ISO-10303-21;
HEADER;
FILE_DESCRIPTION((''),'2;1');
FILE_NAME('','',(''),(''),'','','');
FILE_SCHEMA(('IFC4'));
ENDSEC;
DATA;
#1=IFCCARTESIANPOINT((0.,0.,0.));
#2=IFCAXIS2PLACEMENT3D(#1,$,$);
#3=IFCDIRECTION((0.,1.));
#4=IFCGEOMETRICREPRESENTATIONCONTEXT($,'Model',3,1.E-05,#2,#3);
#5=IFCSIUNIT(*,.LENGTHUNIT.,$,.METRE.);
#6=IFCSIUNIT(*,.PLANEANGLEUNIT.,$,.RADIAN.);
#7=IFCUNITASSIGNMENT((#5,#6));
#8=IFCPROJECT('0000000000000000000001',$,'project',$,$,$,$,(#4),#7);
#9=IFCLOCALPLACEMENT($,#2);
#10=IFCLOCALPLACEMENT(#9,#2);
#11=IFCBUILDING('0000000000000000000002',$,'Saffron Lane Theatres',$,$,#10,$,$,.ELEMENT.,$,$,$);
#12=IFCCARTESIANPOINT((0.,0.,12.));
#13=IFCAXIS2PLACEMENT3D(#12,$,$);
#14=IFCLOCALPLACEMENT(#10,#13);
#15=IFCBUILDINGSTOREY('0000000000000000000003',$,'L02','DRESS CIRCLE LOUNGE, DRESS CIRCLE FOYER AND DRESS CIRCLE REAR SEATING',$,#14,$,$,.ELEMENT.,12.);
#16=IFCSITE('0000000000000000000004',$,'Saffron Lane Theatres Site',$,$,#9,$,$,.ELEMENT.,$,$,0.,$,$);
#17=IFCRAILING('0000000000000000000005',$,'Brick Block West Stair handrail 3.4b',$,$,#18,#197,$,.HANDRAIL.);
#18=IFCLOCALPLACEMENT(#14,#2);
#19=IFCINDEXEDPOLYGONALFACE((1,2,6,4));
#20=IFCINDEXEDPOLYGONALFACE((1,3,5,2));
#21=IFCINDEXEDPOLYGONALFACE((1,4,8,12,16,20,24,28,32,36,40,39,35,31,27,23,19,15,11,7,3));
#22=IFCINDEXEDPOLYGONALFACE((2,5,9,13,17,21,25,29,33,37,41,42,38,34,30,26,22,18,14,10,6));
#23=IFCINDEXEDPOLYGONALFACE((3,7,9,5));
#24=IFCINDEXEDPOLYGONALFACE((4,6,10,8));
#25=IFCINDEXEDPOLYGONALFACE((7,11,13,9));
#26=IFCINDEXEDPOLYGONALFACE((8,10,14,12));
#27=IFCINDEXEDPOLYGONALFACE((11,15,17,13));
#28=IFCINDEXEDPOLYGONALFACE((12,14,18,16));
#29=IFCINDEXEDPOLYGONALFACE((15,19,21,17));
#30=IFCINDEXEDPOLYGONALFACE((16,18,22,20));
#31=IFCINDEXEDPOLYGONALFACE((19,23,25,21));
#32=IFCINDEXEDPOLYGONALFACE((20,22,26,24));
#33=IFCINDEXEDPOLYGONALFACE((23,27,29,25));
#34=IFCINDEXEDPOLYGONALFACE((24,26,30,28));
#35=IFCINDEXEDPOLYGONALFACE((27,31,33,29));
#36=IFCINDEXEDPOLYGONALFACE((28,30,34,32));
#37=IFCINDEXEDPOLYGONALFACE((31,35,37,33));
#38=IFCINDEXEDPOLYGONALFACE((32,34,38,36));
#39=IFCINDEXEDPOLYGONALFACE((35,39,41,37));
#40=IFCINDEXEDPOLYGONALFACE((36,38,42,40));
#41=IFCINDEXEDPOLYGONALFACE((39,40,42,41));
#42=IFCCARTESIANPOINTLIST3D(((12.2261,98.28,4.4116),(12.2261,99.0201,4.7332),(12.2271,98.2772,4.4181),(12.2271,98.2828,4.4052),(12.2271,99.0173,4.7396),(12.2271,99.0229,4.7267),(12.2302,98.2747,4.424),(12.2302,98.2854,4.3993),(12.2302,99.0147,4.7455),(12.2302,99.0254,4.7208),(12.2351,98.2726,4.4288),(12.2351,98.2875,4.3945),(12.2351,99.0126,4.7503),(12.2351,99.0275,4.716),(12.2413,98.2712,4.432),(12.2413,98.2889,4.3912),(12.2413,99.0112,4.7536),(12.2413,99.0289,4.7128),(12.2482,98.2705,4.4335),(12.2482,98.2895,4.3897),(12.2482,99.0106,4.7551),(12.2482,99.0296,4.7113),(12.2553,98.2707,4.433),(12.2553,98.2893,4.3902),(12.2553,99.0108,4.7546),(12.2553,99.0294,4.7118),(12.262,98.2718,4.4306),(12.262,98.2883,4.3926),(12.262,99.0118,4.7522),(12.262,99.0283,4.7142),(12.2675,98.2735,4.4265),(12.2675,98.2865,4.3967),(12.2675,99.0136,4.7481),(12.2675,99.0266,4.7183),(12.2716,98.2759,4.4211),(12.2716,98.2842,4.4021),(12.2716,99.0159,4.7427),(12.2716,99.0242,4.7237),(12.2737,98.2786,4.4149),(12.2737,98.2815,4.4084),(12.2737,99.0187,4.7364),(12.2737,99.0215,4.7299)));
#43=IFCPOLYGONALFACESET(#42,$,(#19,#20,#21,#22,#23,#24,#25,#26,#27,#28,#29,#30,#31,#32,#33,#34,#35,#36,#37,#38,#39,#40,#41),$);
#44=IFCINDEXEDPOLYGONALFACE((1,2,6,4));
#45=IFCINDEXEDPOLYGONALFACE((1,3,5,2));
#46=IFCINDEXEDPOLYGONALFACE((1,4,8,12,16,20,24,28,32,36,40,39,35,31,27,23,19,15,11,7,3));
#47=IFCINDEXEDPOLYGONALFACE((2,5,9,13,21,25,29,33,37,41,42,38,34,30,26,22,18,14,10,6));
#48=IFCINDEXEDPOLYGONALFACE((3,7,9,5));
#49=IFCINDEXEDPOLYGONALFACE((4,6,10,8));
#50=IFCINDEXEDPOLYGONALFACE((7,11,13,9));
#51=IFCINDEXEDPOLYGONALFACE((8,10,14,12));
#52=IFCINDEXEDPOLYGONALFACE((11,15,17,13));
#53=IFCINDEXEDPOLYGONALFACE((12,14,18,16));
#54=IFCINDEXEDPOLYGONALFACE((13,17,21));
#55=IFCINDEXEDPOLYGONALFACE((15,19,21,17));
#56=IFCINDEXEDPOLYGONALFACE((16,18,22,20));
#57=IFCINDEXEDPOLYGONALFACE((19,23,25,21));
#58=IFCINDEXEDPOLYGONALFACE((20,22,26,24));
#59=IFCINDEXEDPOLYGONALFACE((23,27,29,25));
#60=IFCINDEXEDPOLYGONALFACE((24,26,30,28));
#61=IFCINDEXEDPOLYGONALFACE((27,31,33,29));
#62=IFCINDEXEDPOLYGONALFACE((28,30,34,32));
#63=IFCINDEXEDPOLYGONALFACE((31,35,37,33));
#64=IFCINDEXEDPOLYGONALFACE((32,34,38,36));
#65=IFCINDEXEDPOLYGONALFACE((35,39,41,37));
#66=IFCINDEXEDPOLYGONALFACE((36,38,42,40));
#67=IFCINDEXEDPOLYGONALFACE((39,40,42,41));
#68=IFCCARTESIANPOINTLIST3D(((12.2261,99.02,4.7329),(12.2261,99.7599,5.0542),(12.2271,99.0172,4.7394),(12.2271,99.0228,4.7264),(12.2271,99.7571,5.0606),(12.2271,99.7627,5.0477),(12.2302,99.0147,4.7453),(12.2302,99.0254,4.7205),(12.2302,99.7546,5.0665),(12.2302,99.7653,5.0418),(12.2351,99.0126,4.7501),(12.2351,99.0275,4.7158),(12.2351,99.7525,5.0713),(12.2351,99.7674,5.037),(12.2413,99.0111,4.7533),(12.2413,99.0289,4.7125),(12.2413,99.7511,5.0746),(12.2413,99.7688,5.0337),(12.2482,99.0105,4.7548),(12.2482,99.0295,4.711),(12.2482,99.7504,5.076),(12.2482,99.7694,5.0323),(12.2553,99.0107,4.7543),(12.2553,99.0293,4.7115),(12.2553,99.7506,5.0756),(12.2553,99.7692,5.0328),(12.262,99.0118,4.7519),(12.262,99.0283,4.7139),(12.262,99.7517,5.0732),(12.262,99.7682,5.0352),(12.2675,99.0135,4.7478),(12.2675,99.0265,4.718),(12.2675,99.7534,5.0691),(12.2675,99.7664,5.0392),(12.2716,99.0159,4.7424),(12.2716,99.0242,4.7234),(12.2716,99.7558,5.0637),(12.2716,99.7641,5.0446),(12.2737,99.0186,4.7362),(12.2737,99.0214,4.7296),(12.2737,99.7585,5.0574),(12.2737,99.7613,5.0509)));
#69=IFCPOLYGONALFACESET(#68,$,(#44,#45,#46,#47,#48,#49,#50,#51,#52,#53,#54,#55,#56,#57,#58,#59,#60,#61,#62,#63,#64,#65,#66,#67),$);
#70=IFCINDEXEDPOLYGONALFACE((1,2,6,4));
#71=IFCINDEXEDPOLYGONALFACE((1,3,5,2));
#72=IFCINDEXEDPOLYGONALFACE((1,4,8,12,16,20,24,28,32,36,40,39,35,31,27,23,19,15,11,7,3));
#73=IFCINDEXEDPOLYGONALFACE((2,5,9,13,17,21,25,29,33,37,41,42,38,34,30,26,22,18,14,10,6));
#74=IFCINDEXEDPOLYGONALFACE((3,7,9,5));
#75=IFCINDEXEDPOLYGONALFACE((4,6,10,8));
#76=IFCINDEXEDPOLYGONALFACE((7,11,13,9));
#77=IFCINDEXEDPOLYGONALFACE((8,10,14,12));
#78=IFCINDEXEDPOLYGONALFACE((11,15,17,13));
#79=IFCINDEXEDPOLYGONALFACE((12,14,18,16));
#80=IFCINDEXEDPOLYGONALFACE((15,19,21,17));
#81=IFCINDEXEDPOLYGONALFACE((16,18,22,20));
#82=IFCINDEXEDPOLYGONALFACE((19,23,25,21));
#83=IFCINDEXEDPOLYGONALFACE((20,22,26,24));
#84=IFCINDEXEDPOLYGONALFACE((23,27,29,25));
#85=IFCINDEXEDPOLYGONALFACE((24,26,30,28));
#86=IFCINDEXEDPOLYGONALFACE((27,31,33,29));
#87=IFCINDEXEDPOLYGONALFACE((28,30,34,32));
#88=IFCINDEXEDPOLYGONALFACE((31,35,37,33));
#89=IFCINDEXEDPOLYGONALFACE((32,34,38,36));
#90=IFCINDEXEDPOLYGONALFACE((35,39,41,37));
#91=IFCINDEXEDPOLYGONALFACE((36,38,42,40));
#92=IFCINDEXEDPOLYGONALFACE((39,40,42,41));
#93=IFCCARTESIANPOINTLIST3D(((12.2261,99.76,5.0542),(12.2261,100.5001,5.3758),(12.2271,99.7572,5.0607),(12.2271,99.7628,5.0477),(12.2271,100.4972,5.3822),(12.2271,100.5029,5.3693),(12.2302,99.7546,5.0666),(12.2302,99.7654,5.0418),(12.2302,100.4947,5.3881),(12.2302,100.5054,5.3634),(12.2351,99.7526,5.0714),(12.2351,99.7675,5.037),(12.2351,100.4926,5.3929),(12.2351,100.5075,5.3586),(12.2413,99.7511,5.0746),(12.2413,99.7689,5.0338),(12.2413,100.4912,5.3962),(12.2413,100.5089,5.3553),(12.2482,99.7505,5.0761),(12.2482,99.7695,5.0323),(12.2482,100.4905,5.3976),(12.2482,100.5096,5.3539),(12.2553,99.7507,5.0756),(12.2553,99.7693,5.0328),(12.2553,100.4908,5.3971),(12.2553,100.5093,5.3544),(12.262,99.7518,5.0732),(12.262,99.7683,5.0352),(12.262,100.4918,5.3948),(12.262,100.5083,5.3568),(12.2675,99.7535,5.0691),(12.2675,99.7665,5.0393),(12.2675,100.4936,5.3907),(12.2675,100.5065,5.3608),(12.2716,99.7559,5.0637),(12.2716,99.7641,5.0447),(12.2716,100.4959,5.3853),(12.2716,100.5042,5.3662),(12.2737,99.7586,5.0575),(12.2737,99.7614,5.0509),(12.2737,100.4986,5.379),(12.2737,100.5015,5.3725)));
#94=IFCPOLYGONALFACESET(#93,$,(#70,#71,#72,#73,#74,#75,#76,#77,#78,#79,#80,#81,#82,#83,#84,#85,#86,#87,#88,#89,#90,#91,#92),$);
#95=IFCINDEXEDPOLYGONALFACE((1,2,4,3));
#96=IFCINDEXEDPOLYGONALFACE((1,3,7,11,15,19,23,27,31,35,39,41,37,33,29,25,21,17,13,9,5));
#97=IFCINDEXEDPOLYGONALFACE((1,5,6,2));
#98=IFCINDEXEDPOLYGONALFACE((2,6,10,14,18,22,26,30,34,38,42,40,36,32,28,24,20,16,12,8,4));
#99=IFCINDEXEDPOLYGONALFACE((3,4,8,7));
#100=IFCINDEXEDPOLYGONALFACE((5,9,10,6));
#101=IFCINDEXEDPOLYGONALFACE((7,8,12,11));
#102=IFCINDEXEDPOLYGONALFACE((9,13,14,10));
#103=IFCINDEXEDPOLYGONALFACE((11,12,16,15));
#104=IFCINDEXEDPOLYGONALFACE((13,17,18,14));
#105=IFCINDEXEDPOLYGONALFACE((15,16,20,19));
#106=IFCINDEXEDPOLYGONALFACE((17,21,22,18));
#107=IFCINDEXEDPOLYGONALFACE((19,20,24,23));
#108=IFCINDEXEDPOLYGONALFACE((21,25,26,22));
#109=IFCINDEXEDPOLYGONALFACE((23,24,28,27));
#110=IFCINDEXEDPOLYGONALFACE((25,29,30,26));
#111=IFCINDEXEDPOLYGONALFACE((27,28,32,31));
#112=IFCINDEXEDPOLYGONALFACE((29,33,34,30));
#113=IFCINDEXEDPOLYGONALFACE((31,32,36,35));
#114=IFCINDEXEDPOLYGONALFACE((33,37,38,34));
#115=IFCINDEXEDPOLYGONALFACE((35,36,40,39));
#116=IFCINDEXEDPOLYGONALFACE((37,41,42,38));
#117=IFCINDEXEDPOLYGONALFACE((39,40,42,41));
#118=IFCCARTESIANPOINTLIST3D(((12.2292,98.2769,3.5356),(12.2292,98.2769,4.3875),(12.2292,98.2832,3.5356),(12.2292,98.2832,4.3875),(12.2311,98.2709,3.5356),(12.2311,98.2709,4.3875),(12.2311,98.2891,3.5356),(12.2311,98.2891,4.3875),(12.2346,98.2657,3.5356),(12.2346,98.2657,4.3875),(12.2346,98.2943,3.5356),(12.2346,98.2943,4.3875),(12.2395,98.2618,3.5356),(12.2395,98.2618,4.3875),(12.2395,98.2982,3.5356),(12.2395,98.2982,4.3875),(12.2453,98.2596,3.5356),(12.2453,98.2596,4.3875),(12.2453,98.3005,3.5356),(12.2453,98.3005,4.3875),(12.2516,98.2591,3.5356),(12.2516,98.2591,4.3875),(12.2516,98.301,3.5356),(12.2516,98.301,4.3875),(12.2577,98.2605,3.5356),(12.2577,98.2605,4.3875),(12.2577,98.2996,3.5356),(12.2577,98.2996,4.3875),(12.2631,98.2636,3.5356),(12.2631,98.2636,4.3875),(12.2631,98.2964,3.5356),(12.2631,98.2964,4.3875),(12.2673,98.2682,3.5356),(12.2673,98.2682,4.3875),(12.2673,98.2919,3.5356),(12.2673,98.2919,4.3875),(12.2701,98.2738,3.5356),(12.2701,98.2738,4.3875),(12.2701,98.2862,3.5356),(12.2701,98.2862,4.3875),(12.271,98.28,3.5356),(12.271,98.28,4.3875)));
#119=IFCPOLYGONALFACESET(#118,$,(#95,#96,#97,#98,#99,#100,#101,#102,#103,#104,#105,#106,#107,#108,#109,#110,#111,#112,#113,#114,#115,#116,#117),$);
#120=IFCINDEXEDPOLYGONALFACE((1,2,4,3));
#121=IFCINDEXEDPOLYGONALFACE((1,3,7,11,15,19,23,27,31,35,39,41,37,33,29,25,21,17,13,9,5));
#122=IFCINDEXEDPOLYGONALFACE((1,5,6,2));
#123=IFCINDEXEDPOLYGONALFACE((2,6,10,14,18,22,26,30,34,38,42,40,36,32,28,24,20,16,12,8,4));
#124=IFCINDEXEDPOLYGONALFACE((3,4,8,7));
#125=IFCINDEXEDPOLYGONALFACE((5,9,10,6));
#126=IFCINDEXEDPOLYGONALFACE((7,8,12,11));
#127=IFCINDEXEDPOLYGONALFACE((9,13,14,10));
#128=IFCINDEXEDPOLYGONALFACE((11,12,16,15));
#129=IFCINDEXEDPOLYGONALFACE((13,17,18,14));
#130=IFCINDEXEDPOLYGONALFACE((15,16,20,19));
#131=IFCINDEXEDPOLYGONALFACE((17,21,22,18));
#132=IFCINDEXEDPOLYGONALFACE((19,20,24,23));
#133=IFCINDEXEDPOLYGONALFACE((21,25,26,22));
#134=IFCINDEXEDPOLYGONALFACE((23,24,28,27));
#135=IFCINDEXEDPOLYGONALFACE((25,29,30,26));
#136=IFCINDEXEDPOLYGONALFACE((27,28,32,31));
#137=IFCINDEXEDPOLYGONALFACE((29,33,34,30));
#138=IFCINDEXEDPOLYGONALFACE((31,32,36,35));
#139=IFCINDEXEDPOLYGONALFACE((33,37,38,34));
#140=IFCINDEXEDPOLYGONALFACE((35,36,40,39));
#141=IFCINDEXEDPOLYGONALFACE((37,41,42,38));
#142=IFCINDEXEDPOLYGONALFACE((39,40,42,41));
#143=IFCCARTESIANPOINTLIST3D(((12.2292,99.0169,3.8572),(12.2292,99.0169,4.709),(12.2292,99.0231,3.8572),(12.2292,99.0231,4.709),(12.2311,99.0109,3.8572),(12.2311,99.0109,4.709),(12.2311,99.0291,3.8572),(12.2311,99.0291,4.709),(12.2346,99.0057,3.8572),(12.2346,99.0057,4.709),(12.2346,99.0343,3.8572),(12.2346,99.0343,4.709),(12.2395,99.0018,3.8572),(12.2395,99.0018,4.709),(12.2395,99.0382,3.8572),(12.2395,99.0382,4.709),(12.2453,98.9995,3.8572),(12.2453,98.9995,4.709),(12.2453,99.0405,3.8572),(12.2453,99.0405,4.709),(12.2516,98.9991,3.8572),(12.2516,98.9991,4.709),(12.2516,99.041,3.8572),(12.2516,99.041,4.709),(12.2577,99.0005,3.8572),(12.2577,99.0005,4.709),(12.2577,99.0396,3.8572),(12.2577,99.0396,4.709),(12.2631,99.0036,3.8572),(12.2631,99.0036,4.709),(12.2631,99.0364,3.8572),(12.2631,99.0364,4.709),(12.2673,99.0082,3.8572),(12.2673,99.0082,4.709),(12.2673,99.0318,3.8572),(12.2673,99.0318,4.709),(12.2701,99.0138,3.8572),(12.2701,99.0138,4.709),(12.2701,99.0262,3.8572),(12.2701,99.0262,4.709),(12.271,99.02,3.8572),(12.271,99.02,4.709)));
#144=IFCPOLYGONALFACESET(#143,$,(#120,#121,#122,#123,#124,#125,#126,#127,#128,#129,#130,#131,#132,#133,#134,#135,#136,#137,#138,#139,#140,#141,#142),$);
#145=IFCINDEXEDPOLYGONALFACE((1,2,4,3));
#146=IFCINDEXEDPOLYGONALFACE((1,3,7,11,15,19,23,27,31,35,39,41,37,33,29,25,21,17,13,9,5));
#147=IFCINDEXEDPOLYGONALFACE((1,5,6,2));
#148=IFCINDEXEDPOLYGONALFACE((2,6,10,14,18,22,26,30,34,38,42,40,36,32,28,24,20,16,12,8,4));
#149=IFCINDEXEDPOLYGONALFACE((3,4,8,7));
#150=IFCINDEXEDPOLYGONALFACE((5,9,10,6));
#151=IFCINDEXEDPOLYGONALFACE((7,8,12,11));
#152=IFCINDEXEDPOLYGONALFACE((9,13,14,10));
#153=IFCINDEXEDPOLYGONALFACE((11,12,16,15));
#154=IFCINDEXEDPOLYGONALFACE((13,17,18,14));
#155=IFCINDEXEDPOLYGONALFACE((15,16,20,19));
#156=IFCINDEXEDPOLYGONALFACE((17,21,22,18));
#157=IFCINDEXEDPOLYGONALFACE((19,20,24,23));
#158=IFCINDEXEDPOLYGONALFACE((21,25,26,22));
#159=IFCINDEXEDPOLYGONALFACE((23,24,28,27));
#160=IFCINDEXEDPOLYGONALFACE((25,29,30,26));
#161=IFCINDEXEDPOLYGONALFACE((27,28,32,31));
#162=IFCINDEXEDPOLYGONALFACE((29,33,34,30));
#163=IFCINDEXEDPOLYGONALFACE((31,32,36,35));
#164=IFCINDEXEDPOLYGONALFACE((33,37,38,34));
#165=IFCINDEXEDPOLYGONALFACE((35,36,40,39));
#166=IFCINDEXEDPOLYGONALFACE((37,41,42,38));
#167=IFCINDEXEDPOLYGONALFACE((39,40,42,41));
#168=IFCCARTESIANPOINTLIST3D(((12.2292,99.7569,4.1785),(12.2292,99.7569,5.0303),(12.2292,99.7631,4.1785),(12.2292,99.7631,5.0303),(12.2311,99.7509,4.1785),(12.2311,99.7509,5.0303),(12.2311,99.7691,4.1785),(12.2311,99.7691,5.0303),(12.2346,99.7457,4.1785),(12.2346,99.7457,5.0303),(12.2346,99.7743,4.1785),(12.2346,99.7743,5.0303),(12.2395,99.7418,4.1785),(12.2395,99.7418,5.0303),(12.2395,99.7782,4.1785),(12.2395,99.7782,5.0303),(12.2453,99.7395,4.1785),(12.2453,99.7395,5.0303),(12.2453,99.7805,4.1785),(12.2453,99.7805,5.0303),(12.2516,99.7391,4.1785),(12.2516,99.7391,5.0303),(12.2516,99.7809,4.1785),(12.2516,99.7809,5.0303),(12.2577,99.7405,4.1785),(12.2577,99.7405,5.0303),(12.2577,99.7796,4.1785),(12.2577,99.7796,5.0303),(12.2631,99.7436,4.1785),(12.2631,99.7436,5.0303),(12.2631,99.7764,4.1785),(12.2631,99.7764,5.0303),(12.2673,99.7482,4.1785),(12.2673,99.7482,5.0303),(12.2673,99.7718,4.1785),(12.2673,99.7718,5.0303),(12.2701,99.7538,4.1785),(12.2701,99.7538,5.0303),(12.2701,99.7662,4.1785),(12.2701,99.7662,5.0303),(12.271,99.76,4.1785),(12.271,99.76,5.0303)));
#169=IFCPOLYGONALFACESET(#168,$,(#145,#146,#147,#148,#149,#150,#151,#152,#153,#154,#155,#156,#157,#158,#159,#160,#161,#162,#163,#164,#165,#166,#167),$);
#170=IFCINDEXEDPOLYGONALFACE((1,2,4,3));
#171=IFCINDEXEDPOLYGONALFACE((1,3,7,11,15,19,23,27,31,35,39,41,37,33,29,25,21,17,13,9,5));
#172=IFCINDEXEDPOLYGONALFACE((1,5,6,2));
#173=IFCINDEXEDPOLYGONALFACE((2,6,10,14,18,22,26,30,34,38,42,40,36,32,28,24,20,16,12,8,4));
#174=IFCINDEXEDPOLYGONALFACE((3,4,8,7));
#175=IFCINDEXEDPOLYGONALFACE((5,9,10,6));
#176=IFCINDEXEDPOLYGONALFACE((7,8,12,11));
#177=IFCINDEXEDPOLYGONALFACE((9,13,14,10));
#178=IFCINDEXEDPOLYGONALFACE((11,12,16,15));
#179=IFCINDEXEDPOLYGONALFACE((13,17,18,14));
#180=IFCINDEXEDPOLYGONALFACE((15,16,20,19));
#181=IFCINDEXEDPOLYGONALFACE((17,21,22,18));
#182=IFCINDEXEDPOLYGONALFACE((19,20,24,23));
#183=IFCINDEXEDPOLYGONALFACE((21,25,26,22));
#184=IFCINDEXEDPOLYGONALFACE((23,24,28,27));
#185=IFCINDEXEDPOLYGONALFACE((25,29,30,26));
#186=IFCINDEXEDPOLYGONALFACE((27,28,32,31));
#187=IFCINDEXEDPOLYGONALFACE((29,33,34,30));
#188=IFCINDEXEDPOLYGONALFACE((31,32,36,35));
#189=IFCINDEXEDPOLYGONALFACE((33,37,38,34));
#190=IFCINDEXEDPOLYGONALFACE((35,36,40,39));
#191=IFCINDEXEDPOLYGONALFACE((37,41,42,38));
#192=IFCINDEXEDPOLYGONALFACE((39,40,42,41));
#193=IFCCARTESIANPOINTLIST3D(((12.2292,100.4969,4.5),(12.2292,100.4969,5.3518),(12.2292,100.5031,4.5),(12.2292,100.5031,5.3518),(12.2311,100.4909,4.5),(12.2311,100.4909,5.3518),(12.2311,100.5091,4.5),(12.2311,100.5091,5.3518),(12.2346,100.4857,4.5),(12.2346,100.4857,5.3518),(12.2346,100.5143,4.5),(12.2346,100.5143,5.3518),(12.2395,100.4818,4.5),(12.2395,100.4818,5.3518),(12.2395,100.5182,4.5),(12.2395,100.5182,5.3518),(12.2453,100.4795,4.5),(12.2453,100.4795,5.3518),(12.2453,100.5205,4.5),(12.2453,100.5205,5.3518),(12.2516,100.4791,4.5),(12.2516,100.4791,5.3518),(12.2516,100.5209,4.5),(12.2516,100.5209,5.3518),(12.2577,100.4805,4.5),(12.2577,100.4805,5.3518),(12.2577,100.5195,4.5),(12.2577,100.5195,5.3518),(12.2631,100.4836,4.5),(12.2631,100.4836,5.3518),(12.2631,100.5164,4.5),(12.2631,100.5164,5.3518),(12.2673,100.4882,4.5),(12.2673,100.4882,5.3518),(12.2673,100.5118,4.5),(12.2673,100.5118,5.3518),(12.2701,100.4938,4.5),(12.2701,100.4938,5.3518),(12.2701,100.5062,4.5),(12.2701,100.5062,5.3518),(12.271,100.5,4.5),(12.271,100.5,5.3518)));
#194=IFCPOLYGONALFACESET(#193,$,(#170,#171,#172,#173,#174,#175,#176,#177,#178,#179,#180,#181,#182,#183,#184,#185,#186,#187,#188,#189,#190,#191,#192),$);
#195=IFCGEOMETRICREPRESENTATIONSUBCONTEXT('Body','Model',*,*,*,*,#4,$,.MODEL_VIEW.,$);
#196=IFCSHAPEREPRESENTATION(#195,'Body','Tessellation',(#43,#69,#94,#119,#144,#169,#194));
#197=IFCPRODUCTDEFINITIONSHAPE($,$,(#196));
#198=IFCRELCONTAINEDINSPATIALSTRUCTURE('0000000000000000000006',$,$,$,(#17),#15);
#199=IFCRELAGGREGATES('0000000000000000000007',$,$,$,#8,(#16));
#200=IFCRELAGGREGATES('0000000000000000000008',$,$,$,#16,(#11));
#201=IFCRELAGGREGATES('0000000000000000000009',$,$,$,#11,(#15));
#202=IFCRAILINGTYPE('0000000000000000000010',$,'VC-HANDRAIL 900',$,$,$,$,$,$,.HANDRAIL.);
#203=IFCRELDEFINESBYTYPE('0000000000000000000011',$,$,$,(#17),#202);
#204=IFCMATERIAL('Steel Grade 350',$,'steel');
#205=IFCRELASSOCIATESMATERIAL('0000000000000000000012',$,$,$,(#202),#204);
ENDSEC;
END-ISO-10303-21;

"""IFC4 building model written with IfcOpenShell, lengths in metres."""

from ifc_helpers import new_model, si_unit, direction, frame, origin, origin_2d, place, context, subcontext, project, spatial, circle, extrude, material, type_object, element, save


model = new_model("IFC4")

# Units and contexts
model_context = context("Model", 3, precision=1e-05, world=origin(), true_north=direction((0.0, 1.0)))
body_context = subcontext(model_context, "Body", "Model", "MODEL_VIEW")
ifc_project = project(units=[si_unit("LENGTHUNIT", "METRE"), si_unit("PLANEANGLEUNIT", "RADIAN")], contexts=[model_context])

# Site, building, storey
site_placement = place(None, origin())
site = spatial("IfcSite", under=ifc_project, at=site_placement, Name="Saffron Lane Theatres Site", CompositionType="ELEMENT", RefElevation=0.0)
building_placement = place(site_placement, origin())
building = spatial("IfcBuilding", under=site, at=building_placement, Name="Saffron Lane Theatres", CompositionType="ELEMENT")
storey_placement = place(building_placement, frame((0.0, 0.0, 12.0)))
storey = spatial("IfcBuildingStorey", under=building, at=storey_placement, Name="L02", Description="DRESS CIRCLE LOUNGE, DRESS CIRCLE FOYER AND DRESS CIRCLE REAR SEATING", CompositionType="ELEMENT", Elevation=12.0)

# Railing
ifc_material_1 = material(Name="Steel Grade 350", Category="steel")
railing_type_1 = type_object("IfcRailingType", Name="VC-HANDRAIL 900", PredefinedType="HANDRAIL", material=ifc_material_1)
for number, where, name in (
    (1, (12.25, 98.28, 3.5356), "Brick Block West Stair handrail 3.4b"),
):
    element("IfcRailing", number, at=place(storey_placement, frame(where)), inside=storey, type_object=railing_type_1, Name=name, PredefinedType="HANDRAIL", context=body_context, shape_type="SweptSolid", body=[
        extrude(circle(Radius=0.0239, at=origin_2d()), frame((0.0, 0.0, 0.876), z_axis=(0.0, 0.917161, 0.398516), x_axis=(-1.0, 0.0, 0.0)), (0.0, 0.0, 1.0), 0.8069),
        extrude(circle(Radius=0.0239, at=origin_2d()), frame((0.0, 0.74, 1.1973), z_axis=(0.0, 0.917272, 0.398261), x_axis=(-1.0, 0.0, 0.0)), (0.0, 0.0, 1.0), 0.8066),
        extrude(circle(Radius=0.0239, at=origin_2d()), frame((0.0, 1.48, 1.5186), z_axis=(0.0, 0.917161, 0.398516), x_axis=(-1.0, 0.0, 0.0)), (0.0, 0.0, 1.0), 0.8069),
        extrude(circle(Radius=0.021, at=origin_2d()), origin(), (0.0, 0.0, 1.0), 0.8518),
        extrude(circle(Radius=0.021, at=origin_2d()), frame((0.0, 0.74, 0.3215)), (0.0, 0.0, 1.0), 0.8518),
        extrude(circle(Radius=0.021, at=origin_2d()), frame((0.0, 1.48, 0.6428)), (0.0, 0.0, 1.0), 0.8518),
        extrude(circle(Radius=0.021, at=origin_2d()), frame((0.0, 2.22, 0.9644)), (0.0, 0.0, 1.0), 0.8518),
    ])

save(model, "model.ifc")
